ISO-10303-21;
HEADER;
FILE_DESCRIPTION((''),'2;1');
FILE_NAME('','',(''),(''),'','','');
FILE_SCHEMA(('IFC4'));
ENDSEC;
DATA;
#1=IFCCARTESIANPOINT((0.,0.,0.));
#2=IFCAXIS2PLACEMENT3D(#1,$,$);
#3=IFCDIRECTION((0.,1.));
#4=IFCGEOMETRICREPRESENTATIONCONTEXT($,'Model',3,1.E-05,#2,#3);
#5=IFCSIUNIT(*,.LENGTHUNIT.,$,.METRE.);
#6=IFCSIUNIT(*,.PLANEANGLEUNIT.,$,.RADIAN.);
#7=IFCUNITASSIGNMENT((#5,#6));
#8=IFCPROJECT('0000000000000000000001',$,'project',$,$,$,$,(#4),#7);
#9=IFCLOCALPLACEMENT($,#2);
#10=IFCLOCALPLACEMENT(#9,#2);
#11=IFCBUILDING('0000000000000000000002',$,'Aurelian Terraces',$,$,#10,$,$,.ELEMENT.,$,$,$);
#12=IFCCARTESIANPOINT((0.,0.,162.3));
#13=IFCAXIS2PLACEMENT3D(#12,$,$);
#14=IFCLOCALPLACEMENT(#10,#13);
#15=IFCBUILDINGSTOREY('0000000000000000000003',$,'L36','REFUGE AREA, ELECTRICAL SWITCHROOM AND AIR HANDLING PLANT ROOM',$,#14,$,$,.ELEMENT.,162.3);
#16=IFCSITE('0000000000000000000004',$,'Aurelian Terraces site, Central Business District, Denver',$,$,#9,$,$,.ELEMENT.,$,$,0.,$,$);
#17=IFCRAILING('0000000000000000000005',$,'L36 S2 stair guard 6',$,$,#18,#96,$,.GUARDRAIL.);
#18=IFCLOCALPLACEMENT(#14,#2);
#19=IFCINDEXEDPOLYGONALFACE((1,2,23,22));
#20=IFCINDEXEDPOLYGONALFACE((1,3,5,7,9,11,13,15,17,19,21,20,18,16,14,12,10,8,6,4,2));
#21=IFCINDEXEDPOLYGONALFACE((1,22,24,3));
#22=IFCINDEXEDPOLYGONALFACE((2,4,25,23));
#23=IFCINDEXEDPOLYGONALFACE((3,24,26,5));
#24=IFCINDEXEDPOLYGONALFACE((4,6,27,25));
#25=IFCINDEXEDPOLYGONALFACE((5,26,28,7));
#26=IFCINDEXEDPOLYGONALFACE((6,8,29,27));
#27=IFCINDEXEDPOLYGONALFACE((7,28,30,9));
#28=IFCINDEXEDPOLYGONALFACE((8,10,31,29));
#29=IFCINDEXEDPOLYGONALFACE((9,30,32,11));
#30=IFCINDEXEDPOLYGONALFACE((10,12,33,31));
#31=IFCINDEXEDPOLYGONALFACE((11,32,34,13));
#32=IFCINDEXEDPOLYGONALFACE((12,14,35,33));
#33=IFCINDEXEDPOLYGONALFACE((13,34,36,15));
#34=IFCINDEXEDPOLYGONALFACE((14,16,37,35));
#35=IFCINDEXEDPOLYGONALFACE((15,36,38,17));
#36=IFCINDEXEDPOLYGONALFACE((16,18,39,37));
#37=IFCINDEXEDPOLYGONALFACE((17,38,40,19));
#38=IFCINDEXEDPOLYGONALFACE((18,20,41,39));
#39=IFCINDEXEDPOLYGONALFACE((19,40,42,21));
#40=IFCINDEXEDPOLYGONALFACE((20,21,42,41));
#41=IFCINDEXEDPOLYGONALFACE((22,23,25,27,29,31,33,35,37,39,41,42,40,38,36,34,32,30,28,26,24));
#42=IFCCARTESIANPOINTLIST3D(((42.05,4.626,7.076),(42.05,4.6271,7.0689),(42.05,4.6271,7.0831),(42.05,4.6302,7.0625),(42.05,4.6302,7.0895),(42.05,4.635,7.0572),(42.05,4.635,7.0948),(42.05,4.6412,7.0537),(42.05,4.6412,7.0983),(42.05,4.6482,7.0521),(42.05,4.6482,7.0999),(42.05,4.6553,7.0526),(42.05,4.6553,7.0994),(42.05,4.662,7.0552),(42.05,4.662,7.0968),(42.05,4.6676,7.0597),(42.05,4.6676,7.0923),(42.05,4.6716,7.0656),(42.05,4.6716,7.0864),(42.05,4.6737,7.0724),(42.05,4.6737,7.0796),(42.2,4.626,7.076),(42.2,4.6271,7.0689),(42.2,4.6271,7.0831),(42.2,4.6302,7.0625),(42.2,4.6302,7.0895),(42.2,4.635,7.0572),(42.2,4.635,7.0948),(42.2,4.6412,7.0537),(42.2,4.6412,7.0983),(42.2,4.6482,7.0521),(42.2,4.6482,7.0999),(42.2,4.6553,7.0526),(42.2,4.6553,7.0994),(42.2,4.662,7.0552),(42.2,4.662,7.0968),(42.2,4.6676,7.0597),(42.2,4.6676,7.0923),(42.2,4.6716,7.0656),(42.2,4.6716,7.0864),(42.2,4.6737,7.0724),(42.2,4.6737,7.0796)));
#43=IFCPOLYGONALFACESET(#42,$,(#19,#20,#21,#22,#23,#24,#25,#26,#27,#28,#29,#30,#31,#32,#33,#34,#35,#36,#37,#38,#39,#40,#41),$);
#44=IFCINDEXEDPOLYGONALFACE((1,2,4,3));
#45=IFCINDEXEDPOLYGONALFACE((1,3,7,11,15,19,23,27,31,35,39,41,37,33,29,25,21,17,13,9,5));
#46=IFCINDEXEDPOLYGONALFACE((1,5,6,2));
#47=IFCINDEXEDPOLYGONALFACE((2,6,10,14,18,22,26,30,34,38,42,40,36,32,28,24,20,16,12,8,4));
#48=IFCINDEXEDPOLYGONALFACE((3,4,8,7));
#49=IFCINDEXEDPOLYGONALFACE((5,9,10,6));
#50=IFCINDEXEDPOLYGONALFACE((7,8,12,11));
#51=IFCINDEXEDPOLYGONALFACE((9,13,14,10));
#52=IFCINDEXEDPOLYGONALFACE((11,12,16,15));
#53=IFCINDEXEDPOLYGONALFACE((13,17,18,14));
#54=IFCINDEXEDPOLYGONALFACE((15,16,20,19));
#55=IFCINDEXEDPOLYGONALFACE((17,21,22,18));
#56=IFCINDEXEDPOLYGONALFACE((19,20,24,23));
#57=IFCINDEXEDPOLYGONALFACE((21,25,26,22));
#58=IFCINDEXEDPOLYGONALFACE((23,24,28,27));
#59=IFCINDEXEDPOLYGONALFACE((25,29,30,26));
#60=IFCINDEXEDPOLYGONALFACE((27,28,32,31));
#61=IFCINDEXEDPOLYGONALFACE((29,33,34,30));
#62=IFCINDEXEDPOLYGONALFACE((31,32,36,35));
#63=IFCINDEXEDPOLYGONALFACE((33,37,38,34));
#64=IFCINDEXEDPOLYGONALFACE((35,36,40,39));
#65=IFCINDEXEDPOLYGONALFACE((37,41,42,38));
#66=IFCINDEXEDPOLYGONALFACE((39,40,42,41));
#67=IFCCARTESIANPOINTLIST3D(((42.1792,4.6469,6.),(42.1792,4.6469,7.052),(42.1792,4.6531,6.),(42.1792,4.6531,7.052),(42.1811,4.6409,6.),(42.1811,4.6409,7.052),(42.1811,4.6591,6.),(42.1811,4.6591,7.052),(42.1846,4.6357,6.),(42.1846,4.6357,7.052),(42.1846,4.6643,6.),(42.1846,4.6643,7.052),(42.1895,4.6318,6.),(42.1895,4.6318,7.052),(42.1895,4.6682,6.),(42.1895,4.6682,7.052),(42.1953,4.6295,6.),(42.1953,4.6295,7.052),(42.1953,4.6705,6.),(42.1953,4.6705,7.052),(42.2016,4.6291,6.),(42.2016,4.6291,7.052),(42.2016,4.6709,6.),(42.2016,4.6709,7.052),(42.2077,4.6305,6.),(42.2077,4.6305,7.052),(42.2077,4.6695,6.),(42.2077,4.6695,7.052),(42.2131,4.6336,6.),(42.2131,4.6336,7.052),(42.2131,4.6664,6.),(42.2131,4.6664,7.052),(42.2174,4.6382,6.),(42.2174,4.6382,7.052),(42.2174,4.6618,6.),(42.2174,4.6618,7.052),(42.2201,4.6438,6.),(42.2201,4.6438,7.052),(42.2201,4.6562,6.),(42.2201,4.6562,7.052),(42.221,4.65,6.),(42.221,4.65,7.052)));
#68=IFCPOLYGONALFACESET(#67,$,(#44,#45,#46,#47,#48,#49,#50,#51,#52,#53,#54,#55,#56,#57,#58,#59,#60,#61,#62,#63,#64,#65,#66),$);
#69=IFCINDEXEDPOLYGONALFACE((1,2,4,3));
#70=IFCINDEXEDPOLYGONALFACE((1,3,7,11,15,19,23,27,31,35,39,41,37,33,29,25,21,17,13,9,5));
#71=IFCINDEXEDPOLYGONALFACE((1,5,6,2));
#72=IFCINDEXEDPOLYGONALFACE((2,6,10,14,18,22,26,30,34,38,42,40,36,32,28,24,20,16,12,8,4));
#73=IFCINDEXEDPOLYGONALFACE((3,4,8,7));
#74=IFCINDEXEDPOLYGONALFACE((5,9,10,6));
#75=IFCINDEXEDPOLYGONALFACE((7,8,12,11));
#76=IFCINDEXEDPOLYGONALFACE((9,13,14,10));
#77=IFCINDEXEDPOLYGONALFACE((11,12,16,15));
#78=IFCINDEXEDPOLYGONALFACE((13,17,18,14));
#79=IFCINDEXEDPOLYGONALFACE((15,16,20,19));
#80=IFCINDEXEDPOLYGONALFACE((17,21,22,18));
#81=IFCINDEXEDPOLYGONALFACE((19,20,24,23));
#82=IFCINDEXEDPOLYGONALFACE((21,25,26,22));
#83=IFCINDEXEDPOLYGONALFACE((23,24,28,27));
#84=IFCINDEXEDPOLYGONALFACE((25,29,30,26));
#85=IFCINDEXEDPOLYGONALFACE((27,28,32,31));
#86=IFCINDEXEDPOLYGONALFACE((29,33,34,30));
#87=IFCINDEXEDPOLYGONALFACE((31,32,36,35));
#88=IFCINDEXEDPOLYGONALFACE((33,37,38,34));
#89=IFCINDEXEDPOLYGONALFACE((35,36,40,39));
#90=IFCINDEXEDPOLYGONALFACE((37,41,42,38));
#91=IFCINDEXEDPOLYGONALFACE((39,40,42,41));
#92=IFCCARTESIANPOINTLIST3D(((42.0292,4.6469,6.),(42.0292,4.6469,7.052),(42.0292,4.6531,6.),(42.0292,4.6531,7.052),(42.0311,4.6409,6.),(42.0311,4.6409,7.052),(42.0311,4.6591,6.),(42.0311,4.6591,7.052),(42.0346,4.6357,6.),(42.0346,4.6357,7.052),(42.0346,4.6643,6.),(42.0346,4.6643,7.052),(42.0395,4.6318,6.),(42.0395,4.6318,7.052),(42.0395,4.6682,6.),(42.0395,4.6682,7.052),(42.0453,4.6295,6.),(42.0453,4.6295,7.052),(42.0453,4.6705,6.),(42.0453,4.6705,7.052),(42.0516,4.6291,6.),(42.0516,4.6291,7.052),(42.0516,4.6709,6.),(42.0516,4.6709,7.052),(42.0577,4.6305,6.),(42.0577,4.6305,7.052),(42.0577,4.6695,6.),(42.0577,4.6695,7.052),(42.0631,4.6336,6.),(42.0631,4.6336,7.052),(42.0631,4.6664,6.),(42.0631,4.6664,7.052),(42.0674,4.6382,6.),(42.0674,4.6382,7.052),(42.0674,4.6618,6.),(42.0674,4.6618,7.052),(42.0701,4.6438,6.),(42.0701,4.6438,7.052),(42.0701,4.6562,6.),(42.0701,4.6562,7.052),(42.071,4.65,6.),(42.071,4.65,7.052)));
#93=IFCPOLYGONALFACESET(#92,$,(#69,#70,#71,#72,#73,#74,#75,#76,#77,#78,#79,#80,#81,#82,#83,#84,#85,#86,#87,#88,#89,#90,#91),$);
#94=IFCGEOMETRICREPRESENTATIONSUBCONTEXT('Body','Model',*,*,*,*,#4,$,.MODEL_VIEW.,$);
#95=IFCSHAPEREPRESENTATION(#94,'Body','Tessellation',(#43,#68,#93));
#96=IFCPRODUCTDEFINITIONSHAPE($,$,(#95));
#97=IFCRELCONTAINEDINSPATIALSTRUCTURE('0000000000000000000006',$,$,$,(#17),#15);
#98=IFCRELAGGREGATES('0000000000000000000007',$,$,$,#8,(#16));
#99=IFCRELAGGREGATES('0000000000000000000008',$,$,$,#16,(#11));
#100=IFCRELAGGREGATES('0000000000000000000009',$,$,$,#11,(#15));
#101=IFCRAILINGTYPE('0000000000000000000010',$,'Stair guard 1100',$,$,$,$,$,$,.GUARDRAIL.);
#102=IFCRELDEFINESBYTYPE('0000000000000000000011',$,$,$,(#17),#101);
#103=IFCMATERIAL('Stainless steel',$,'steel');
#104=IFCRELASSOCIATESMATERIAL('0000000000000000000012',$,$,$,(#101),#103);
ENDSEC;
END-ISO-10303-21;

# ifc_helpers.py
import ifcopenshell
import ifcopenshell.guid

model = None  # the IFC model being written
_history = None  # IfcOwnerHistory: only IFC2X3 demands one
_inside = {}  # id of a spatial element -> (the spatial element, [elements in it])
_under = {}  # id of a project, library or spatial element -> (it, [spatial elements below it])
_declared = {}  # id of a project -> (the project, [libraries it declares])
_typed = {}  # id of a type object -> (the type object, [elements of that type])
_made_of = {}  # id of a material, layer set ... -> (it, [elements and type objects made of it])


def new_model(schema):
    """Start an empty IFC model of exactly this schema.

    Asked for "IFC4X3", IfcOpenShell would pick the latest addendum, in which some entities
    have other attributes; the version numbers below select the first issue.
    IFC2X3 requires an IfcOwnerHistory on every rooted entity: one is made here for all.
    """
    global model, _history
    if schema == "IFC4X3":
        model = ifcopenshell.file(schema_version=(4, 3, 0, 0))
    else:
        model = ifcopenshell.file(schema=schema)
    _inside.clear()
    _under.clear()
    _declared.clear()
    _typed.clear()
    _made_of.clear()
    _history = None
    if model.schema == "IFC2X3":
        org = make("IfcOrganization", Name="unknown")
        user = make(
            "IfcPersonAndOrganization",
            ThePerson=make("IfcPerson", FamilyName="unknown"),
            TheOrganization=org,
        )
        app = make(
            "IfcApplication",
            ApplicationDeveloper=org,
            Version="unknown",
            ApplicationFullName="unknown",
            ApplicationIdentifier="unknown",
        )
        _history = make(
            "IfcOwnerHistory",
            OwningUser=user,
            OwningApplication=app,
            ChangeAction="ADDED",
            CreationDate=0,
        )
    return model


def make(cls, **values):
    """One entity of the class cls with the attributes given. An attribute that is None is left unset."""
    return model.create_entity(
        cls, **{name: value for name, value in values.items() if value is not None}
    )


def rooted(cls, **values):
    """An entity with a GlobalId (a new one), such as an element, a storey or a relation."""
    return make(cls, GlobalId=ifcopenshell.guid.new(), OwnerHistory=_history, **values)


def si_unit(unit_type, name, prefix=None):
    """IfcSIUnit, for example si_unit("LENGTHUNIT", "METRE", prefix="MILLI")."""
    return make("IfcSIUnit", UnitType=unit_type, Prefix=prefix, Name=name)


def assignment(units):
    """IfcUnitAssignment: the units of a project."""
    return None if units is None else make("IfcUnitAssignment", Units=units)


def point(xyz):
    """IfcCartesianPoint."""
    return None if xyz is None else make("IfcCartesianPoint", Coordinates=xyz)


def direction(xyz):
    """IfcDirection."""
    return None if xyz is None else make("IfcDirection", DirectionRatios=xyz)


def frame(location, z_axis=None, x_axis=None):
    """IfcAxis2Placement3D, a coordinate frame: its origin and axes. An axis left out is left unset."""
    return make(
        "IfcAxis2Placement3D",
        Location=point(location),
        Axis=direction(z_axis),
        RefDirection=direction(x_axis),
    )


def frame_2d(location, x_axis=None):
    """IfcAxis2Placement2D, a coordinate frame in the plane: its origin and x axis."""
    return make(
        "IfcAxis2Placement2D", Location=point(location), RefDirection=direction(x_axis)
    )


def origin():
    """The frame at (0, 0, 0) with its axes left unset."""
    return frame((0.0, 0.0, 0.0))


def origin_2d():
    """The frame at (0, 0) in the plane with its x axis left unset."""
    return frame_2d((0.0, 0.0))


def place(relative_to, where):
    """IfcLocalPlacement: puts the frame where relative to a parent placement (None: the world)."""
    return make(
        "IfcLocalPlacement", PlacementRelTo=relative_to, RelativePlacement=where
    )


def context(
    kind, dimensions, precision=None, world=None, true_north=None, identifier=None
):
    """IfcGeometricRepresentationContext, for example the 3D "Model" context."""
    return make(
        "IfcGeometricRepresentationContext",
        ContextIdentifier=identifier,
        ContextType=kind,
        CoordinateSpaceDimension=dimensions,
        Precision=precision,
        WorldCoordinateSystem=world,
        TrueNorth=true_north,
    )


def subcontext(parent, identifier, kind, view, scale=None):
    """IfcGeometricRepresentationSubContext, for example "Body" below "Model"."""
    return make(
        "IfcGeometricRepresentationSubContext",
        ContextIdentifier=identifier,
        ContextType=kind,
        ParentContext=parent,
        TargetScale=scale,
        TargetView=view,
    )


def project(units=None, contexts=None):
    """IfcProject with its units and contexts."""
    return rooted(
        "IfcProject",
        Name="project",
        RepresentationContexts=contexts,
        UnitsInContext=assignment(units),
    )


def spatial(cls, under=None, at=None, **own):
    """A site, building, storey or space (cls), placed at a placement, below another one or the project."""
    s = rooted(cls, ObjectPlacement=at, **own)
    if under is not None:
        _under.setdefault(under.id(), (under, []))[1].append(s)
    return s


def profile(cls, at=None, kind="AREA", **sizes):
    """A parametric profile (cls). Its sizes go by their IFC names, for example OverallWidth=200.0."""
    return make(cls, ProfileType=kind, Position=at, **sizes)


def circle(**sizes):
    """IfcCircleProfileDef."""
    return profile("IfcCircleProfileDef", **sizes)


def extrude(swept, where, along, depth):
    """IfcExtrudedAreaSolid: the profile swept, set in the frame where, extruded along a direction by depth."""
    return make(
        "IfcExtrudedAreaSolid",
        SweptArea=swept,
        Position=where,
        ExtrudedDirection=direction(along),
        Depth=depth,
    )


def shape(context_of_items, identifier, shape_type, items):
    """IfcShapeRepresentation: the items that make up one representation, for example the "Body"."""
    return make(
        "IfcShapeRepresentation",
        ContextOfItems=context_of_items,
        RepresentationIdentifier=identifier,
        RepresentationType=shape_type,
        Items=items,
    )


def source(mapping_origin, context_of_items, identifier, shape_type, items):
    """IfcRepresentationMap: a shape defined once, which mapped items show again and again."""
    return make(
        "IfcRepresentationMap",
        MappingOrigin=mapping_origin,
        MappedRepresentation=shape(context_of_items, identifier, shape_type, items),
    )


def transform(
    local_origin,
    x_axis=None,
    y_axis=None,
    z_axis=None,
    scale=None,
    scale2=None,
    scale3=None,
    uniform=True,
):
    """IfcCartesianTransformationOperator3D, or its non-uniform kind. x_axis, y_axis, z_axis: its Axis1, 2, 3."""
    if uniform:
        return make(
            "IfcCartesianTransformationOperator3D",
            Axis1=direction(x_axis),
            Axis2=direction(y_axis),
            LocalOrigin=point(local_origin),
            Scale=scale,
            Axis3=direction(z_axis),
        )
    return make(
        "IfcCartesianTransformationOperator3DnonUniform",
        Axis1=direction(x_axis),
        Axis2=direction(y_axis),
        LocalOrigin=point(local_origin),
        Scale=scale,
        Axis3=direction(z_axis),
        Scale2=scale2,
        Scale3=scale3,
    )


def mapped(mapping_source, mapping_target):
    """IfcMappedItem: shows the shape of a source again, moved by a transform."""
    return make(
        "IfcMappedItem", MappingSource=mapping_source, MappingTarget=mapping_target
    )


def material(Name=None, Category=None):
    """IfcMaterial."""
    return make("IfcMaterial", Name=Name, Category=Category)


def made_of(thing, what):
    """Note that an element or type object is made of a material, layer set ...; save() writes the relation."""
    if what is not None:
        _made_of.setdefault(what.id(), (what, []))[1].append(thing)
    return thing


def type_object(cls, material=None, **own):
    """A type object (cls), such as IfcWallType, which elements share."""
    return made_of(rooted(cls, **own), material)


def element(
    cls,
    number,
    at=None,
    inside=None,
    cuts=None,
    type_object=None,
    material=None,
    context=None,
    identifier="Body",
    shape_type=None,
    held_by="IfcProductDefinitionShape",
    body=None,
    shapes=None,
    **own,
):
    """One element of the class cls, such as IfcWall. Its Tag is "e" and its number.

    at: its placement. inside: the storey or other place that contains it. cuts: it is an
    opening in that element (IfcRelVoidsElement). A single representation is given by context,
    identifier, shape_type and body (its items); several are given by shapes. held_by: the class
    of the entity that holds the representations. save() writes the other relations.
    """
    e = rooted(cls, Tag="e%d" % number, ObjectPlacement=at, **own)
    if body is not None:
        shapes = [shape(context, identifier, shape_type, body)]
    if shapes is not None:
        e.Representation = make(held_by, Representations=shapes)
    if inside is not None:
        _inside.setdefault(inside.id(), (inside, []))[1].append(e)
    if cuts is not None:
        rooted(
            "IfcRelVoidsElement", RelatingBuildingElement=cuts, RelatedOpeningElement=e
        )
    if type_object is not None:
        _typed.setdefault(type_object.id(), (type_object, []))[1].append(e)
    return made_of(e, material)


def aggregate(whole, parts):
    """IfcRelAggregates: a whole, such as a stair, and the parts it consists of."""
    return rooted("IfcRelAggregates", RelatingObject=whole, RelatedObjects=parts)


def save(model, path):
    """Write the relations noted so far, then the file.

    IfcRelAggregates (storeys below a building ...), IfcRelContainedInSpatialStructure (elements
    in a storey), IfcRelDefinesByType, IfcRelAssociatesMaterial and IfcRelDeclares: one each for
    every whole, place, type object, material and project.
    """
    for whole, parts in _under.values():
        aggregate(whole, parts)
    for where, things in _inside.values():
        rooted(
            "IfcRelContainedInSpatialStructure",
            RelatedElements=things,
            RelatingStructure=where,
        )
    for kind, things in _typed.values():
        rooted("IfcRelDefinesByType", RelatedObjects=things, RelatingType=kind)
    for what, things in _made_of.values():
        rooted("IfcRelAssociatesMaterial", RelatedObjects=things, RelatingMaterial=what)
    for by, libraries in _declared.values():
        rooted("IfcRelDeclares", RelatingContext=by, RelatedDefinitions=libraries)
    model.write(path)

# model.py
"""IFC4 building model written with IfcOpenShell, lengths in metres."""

from ifc_helpers import new_model, si_unit, direction, frame, origin, origin_2d, place, context, subcontext, project, spatial, circle, extrude, source, transform, mapped, material, type_object, element, save


model = new_model("IFC4")

# Units and contexts
model_context = context("Model", 3, precision=1e-05, world=origin(), true_north=direction((0.0, 1.0)))
body_context = subcontext(model_context, "Body", "Model", "MODEL_VIEW")
ifc_project = project(units=[si_unit("LENGTHUNIT", "METRE"), si_unit("PLANEANGLEUNIT", "RADIAN")], contexts=[model_context])

# Site, building, storey
site_placement = place(None, origin())
site = spatial("IfcSite", under=ifc_project, at=site_placement, Name="Aurelian Terraces site, Central Business District, Denver", CompositionType="ELEMENT", RefElevation=0.0)
building_placement = place(site_placement, origin())
building = spatial("IfcBuilding", under=site, at=building_placement, Name="Aurelian Terraces", CompositionType="ELEMENT")
storey_placement = place(building_placement, frame((0.0, 0.0, 162.3)))
storey = spatial("IfcBuildingStorey", under=building, at=storey_placement, Name="L36", Description="REFUGE AREA, ELECTRICAL SWITCHROOM AND AIR HANDLING PLANT ROOM", CompositionType="ELEMENT", Elevation=162.3)

# Railing
ifc_material_1 = material(Name="Stainless steel", Category="steel")
railing_type_1 = type_object("IfcRailingType", Name="Stair guard 1100", PredefinedType="GUARDRAIL", material=ifc_material_1)
shared_shape_1 = source(origin(), body_context, "Body", "SweptSolid", [
    extrude(circle(Radius=0.024, at=origin_2d()), frame((0.0, 0.0, 1.076), z_axis=(-1.0, 0.0, 0.0), x_axis=(0.0, -1.0, 0.0)), (0.0, 0.0, 1.0), 0.15),
    extrude(circle(Radius=0.021, at=origin_2d()), origin(), (0.0, 0.0, 1.0), 1.052),
    extrude(circle(Radius=0.021, at=origin_2d()), frame((-0.15, 0.0, 0.0)), (0.0, 0.0, 1.0), 1.052),
])
railing_1_placement = place(storey_placement, frame((42.2, 4.65, 6.0)))
element("IfcRailing", 1, at=railing_1_placement, inside=storey, type_object=railing_type_1, Name="L36 S2 stair guard 6", PredefinedType="GUARDRAIL", context=body_context, shape_type="MappedRepresentation", body=[
    mapped(shared_shape_1, transform((0.0, 0.0, 0.0), scale=1.0)),
])

save(model, "model.ifc")
